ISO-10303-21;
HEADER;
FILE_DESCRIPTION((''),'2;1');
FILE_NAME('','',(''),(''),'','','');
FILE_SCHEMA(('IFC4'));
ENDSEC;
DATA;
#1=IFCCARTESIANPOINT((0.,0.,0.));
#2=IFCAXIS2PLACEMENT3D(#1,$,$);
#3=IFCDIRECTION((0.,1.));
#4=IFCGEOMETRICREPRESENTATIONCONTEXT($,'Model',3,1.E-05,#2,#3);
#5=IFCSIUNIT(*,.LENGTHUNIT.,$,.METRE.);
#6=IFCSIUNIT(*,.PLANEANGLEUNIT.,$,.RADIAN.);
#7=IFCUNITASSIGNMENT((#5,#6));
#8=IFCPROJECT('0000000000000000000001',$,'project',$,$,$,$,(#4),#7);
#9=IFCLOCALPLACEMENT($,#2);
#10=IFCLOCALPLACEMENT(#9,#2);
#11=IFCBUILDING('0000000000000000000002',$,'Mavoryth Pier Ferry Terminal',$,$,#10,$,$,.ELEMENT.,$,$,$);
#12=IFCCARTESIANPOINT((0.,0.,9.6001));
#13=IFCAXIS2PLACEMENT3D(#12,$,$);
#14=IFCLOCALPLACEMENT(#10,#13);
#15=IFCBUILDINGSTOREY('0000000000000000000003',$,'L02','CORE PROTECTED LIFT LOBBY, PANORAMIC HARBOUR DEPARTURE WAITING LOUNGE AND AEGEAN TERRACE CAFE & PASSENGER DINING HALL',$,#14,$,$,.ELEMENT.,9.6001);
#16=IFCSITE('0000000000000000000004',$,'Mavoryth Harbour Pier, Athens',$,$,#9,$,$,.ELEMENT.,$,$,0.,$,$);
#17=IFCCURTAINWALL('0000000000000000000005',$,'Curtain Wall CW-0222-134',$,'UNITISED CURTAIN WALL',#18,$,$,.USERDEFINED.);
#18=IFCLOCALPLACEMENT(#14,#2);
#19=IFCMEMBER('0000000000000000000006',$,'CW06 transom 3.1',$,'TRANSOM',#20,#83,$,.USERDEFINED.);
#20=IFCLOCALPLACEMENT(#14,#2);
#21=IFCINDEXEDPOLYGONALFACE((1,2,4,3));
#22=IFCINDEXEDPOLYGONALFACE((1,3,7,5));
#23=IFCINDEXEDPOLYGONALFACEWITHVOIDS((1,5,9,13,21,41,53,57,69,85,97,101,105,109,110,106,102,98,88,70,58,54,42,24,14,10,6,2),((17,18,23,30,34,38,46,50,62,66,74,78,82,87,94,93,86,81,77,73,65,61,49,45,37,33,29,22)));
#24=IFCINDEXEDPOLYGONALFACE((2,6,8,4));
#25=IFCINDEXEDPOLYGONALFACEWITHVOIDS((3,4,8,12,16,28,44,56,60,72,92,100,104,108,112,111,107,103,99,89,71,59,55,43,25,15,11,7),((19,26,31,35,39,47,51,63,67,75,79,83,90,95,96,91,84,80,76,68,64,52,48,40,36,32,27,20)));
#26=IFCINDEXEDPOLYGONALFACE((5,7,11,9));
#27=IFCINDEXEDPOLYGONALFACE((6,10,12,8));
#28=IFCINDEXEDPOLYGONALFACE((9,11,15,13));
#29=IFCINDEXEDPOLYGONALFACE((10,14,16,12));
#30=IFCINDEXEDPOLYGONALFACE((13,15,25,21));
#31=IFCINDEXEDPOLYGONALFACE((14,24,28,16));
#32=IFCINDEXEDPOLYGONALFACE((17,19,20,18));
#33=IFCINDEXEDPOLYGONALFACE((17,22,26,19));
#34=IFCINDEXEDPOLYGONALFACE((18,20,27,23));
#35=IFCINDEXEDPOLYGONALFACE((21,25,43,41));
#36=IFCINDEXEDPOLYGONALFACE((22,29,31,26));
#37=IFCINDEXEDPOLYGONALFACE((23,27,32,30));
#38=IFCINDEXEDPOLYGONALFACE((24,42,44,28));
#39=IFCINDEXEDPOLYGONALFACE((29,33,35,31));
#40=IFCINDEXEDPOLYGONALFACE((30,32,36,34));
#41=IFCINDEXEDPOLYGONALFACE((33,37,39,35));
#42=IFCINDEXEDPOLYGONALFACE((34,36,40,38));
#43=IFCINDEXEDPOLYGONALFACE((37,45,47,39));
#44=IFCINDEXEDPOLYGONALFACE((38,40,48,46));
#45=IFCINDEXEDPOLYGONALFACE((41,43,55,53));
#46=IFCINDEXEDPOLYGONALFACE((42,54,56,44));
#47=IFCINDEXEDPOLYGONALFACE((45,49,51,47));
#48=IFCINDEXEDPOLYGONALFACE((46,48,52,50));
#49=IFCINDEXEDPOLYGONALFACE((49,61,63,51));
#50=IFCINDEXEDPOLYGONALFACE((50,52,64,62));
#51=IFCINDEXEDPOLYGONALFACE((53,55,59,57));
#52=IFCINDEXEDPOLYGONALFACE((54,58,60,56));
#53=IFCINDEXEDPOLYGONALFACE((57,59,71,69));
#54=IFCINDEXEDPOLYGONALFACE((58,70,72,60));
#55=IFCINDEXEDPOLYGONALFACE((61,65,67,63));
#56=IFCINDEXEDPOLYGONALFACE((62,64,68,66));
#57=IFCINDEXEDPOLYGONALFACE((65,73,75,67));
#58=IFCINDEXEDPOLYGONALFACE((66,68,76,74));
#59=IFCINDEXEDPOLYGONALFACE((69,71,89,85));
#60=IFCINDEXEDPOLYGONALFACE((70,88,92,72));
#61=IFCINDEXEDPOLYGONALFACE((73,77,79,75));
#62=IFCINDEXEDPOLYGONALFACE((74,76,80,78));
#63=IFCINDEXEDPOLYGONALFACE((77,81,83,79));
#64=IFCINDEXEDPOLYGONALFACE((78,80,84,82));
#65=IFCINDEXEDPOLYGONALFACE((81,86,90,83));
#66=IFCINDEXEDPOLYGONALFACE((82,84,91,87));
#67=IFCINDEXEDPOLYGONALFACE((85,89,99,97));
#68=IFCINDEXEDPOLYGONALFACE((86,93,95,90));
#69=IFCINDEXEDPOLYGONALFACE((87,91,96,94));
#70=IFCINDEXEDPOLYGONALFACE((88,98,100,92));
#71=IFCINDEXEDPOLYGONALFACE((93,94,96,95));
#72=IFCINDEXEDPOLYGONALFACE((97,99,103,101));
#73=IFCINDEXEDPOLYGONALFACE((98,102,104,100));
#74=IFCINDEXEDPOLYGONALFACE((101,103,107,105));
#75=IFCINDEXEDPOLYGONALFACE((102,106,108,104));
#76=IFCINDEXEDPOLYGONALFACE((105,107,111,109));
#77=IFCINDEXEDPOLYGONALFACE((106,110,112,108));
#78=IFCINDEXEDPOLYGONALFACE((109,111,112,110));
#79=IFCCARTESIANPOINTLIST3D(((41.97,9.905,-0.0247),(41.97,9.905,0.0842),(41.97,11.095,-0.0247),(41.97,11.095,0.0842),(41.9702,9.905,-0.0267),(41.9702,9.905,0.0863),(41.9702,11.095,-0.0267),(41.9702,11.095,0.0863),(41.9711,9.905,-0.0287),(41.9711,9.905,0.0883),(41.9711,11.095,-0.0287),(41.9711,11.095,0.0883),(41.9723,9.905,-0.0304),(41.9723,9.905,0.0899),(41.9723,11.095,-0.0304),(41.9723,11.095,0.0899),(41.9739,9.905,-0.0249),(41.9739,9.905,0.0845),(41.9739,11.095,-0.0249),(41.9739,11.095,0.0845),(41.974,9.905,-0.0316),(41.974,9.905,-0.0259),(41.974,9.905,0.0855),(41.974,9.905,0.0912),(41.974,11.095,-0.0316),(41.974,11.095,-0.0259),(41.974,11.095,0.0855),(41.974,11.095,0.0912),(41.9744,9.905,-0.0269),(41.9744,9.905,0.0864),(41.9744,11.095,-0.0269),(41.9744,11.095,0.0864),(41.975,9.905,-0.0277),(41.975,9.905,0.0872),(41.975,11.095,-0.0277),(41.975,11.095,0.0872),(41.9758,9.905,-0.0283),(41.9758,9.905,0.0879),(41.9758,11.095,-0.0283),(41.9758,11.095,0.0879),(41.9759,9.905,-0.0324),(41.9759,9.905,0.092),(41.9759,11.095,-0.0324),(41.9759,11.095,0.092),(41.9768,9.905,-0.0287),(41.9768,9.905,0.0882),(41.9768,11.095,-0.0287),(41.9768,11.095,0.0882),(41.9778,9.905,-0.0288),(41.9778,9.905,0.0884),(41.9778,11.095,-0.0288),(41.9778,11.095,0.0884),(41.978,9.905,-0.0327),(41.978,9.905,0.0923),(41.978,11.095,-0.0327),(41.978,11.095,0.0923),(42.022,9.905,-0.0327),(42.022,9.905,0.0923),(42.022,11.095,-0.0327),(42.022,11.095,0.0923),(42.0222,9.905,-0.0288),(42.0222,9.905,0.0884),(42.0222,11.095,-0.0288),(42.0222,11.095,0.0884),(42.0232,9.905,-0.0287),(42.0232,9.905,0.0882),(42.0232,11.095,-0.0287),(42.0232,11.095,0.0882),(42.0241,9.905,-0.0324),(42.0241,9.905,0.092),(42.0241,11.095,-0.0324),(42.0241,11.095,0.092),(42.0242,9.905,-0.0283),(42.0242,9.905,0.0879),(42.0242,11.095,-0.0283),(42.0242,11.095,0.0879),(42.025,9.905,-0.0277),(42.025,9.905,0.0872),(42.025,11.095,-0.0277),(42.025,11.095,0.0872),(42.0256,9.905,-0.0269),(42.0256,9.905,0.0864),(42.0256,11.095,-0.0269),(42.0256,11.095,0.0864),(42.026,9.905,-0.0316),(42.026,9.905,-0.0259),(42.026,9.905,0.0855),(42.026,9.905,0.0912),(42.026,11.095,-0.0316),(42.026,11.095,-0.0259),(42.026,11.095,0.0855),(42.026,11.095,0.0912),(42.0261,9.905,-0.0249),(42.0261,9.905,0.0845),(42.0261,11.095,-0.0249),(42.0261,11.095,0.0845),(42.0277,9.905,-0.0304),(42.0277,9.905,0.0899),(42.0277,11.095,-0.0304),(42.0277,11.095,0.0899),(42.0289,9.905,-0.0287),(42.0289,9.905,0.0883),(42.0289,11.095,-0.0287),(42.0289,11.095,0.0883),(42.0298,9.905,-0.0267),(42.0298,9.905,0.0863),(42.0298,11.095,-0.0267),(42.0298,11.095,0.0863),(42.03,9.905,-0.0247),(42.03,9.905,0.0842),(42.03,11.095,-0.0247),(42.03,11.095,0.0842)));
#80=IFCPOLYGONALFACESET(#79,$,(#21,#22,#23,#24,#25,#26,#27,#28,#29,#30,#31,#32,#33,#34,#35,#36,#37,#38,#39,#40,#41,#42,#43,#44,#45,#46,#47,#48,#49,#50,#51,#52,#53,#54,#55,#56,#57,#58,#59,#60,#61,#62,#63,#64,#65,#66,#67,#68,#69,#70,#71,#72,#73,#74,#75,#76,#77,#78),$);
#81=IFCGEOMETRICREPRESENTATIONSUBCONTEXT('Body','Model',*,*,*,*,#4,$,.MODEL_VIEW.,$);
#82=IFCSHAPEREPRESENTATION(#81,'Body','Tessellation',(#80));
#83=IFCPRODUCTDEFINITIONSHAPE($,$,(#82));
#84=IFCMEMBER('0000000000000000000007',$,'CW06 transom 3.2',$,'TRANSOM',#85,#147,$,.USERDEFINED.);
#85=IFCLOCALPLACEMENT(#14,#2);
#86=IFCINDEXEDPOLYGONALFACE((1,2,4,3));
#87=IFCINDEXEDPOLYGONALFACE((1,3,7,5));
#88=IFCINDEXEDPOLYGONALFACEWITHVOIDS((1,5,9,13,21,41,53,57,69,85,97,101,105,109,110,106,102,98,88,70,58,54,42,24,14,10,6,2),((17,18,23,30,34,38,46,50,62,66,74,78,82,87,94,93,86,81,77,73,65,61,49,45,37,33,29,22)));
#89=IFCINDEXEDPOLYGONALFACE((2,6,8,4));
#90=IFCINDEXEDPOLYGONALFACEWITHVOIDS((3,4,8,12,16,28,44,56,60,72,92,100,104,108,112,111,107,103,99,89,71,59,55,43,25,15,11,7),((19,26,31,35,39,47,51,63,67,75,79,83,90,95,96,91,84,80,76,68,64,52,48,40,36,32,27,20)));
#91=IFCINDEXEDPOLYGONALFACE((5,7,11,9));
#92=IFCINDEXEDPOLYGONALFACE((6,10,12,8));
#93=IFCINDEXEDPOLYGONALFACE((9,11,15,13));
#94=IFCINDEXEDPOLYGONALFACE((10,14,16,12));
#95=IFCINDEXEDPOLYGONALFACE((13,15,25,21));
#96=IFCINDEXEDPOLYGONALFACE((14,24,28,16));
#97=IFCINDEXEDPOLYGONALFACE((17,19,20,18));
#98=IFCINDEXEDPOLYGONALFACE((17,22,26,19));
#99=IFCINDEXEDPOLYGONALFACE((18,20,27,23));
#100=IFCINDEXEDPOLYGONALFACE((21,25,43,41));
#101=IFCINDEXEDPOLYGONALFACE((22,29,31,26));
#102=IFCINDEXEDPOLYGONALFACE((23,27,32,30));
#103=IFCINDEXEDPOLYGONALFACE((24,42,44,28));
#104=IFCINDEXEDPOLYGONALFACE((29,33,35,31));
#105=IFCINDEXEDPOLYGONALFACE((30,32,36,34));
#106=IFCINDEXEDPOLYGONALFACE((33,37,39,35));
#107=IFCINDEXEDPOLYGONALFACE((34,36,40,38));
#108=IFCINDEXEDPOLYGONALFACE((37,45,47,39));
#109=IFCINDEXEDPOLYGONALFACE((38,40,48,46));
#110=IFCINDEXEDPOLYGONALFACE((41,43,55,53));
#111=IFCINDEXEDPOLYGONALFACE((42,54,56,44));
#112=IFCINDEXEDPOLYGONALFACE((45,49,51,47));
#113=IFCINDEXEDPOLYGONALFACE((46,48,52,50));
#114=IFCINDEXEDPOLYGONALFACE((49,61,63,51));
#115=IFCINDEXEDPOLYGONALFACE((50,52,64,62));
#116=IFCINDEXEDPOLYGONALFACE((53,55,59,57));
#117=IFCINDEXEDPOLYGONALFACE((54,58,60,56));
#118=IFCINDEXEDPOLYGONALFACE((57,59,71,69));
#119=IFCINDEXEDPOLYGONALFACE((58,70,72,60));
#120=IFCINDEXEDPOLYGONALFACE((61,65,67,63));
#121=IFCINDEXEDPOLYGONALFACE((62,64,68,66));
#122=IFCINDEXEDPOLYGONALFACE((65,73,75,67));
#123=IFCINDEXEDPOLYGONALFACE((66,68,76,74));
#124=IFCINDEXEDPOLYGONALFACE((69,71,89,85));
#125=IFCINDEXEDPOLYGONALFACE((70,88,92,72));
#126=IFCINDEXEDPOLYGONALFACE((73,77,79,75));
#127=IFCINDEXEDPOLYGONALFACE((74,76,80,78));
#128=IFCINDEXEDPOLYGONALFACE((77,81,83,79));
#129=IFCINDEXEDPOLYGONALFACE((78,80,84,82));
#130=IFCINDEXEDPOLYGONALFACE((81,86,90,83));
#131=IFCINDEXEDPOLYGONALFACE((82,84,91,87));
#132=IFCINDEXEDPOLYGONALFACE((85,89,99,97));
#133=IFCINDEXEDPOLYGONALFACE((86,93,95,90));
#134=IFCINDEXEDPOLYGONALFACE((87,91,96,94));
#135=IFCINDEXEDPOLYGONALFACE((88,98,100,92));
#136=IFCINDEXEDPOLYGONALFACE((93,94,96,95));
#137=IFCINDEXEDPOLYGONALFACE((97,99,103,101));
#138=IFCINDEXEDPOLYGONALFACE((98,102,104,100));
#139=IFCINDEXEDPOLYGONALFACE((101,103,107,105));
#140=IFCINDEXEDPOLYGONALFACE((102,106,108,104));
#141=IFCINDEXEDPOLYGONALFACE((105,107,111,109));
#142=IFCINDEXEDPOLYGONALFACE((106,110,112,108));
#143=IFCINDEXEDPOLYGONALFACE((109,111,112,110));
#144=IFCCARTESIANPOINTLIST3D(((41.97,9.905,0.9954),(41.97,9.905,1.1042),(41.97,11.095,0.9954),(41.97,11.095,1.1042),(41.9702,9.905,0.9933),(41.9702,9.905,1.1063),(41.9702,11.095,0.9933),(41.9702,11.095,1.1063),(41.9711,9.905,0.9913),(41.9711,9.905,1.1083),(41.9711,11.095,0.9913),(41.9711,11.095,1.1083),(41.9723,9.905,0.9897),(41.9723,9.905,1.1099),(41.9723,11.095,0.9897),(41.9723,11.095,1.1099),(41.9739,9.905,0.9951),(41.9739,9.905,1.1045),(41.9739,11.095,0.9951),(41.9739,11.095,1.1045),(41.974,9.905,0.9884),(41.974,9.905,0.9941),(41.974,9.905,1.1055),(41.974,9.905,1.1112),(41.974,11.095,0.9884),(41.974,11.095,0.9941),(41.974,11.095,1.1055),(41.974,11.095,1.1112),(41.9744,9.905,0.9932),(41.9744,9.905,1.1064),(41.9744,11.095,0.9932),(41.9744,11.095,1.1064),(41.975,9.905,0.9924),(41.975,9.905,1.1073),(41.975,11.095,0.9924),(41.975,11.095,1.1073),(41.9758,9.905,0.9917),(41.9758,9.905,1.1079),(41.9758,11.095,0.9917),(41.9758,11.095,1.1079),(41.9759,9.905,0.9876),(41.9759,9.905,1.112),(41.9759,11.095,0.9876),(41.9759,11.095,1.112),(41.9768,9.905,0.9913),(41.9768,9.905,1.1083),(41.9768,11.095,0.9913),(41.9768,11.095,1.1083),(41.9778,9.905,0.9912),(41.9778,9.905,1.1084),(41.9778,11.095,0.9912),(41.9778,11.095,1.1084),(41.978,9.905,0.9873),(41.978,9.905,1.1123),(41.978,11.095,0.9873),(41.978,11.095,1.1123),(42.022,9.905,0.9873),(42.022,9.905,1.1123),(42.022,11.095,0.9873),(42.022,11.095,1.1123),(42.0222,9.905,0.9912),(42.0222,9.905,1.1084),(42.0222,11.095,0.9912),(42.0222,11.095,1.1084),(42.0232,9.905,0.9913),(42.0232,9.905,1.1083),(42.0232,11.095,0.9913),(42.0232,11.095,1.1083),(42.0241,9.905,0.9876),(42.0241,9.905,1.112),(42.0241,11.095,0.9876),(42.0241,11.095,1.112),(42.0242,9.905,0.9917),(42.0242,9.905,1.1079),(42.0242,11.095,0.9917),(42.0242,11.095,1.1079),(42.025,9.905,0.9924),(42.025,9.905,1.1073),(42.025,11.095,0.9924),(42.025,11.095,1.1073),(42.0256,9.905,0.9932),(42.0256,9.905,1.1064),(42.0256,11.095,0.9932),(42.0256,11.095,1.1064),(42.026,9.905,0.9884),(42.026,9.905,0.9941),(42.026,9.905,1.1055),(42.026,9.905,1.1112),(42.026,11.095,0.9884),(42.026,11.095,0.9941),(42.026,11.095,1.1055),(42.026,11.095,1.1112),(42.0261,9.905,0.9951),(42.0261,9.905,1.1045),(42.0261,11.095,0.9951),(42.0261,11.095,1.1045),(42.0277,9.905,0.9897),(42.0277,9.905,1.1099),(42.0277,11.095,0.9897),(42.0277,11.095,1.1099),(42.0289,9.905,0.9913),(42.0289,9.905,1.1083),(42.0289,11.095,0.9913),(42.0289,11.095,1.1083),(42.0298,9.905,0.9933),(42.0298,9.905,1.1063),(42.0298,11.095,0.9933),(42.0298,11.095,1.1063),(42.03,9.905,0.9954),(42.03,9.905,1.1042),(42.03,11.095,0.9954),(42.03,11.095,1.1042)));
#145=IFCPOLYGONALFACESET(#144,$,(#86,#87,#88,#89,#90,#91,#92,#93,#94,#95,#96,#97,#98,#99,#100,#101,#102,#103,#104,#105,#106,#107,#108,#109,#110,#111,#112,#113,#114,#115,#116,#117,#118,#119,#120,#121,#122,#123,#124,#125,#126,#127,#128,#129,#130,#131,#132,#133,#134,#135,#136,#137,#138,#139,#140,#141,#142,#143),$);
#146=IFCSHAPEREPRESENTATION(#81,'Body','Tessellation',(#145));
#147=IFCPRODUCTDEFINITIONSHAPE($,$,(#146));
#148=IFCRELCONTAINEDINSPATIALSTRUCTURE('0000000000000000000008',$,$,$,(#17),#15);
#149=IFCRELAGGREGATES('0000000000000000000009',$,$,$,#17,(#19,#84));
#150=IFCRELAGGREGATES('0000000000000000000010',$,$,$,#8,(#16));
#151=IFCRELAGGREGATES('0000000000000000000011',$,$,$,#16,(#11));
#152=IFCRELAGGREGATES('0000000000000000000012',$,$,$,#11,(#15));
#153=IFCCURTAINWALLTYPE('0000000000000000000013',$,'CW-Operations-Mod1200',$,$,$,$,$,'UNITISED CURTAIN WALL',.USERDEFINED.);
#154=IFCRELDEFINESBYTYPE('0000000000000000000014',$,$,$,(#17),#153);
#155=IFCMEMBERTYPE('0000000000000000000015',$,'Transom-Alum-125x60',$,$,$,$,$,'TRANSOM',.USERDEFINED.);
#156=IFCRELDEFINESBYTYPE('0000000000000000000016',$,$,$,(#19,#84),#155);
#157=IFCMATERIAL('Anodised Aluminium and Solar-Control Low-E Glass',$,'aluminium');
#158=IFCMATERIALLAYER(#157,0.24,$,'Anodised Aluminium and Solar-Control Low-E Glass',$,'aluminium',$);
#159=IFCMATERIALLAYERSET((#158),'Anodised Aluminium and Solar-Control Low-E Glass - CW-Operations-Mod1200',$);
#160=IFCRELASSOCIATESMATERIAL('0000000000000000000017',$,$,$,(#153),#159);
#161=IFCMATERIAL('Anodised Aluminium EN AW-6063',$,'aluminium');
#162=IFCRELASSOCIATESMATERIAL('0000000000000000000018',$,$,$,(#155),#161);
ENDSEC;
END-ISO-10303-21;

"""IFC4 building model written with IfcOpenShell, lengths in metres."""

from ifc_helpers import new_model, si_unit, direction, frame, origin, origin_2d, place, context, subcontext, project, spatial, hollow_rectangle, extrude, material, layer, layer_set, material_profile, profile_set, type_object, element, aggregate, save


model = new_model("IFC4")

# Units and contexts
model_context = context("Model", 3, precision=1e-05, world=origin(), true_north=direction((0.0, 1.0)))
body_context = subcontext(model_context, "Body", "Model", "MODEL_VIEW")
ifc_project = project(units=[si_unit("LENGTHUNIT", "METRE"), si_unit("PLANEANGLEUNIT", "RADIAN")], contexts=[model_context])

# Site, building, storey
site_placement = place(None, origin())
site = spatial("IfcSite", under=ifc_project, at=site_placement, Name="Mavoryth Harbour Pier, Athens", CompositionType="ELEMENT", RefElevation=0.0)
building_placement = place(site_placement, origin())
building = spatial("IfcBuilding", under=site, at=building_placement, Name="Mavoryth Pier Ferry Terminal", CompositionType="ELEMENT")
storey_placement = place(building_placement, frame((0.0, 0.0, 9.6001)))
storey = spatial("IfcBuildingStorey", under=building, at=storey_placement, Name="L02", Description="CORE PROTECTED LIFT LOBBY, PANORAMIC HARBOUR DEPARTURE WAITING LOUNGE AND AEGEAN TERRACE CAFE & PASSENGER DINING HALL", CompositionType="ELEMENT", Elevation=9.6001)

# Curtain wall
ifc_material_1 = material(Name="Anodised Aluminium and Solar-Control Low-E Glass", Category="aluminium")
ifc_layer_1 = layer(ifc_material_1, 0.24, Name="Anodised Aluminium and Solar-Control Low-E Glass", Category="aluminium")
ifc_layer_set_1 = layer_set([ifc_layer_1], Name="Anodised Aluminium and Solar-Control Low-E Glass - CW-Operations-Mod1200")
curtain_wall_type = type_object("IfcCurtainWallType", Name="CW-Operations-Mod1200", ElementType="UNITISED CURTAIN WALL", PredefinedType="USERDEFINED", material=ifc_layer_set_1)
ifc_material_2 = material(Name="Anodised Aluminium EN AW-6063", Category="aluminium")
curtain_wall_1_placement = place(storey_placement, origin())
curtain_wall_1 = element("IfcCurtainWall", 1, at=curtain_wall_1_placement, inside=storey, type_object=curtain_wall_type, Name="Curtain Wall CW-0222-134", ObjectType="UNITISED CURTAIN WALL", PredefinedType="USERDEFINED")

# Members
ifc_material_profile_1 = material_profile(ifc_material_2, hollow_rectangle(XDim=0.0601, YDim=0.125, WallThickness=0.0039, InnerFilletRadius=0.0039, OuterFilletRadius=0.0081, at=origin_2d()), Name="AL-TRAN 125x60x4", Category="aluminium")
ifc_profile_set_1 = profile_set([ifc_material_profile_1], Name="Anodised Aluminium EN AW-6063 - AL-TRAN 125x60x4")
member_type_1 = type_object("IfcMemberType", Name="Transom-Alum-125x60", ElementType="TRANSOM", PredefinedType="USERDEFINED", material=ifc_profile_set_1)
member_1_placement = place(storey_placement, frame((42.0, 11.095, 0.0298), z_axis=(0.0, -1.0, 0.0), x_axis=(1.0, 0.0, 0.0)))
member_1 = element("IfcMember", 2, at=member_1_placement, type_object=member_type_1, Name="CW06 transom 3.1", ObjectType="TRANSOM", PredefinedType="USERDEFINED", context=body_context, shape_type="SweptSolid", body=[
    extrude(hollow_rectangle(XDim=0.0601, YDim=0.125, WallThickness=0.0039, InnerFilletRadius=0.0039, OuterFilletRadius=0.0081, at=origin_2d()), origin(), (0.0, 0.0, 1.0), 1.1899),
])
member_2_placement = place(storey_placement, frame((42.0, 11.095, 1.0498), z_axis=(0.0, -1.0, 0.0), x_axis=(1.0, 0.0, 0.0)))
member_2 = element("IfcMember", 3, at=member_2_placement, type_object=member_type_1, Name="CW06 transom 3.2", ObjectType="TRANSOM", PredefinedType="USERDEFINED", context=body_context, shape_type="SweptSolid", body=[
    extrude(hollow_rectangle(XDim=0.0601, YDim=0.125, WallThickness=0.0039, InnerFilletRadius=0.0039, OuterFilletRadius=0.0081, at=origin_2d()), origin(), (0.0, 0.0, 1.0), 1.1899),
])

aggregate(curtain_wall_1, [member_1, member_2])

save(model, "model.ifc")
